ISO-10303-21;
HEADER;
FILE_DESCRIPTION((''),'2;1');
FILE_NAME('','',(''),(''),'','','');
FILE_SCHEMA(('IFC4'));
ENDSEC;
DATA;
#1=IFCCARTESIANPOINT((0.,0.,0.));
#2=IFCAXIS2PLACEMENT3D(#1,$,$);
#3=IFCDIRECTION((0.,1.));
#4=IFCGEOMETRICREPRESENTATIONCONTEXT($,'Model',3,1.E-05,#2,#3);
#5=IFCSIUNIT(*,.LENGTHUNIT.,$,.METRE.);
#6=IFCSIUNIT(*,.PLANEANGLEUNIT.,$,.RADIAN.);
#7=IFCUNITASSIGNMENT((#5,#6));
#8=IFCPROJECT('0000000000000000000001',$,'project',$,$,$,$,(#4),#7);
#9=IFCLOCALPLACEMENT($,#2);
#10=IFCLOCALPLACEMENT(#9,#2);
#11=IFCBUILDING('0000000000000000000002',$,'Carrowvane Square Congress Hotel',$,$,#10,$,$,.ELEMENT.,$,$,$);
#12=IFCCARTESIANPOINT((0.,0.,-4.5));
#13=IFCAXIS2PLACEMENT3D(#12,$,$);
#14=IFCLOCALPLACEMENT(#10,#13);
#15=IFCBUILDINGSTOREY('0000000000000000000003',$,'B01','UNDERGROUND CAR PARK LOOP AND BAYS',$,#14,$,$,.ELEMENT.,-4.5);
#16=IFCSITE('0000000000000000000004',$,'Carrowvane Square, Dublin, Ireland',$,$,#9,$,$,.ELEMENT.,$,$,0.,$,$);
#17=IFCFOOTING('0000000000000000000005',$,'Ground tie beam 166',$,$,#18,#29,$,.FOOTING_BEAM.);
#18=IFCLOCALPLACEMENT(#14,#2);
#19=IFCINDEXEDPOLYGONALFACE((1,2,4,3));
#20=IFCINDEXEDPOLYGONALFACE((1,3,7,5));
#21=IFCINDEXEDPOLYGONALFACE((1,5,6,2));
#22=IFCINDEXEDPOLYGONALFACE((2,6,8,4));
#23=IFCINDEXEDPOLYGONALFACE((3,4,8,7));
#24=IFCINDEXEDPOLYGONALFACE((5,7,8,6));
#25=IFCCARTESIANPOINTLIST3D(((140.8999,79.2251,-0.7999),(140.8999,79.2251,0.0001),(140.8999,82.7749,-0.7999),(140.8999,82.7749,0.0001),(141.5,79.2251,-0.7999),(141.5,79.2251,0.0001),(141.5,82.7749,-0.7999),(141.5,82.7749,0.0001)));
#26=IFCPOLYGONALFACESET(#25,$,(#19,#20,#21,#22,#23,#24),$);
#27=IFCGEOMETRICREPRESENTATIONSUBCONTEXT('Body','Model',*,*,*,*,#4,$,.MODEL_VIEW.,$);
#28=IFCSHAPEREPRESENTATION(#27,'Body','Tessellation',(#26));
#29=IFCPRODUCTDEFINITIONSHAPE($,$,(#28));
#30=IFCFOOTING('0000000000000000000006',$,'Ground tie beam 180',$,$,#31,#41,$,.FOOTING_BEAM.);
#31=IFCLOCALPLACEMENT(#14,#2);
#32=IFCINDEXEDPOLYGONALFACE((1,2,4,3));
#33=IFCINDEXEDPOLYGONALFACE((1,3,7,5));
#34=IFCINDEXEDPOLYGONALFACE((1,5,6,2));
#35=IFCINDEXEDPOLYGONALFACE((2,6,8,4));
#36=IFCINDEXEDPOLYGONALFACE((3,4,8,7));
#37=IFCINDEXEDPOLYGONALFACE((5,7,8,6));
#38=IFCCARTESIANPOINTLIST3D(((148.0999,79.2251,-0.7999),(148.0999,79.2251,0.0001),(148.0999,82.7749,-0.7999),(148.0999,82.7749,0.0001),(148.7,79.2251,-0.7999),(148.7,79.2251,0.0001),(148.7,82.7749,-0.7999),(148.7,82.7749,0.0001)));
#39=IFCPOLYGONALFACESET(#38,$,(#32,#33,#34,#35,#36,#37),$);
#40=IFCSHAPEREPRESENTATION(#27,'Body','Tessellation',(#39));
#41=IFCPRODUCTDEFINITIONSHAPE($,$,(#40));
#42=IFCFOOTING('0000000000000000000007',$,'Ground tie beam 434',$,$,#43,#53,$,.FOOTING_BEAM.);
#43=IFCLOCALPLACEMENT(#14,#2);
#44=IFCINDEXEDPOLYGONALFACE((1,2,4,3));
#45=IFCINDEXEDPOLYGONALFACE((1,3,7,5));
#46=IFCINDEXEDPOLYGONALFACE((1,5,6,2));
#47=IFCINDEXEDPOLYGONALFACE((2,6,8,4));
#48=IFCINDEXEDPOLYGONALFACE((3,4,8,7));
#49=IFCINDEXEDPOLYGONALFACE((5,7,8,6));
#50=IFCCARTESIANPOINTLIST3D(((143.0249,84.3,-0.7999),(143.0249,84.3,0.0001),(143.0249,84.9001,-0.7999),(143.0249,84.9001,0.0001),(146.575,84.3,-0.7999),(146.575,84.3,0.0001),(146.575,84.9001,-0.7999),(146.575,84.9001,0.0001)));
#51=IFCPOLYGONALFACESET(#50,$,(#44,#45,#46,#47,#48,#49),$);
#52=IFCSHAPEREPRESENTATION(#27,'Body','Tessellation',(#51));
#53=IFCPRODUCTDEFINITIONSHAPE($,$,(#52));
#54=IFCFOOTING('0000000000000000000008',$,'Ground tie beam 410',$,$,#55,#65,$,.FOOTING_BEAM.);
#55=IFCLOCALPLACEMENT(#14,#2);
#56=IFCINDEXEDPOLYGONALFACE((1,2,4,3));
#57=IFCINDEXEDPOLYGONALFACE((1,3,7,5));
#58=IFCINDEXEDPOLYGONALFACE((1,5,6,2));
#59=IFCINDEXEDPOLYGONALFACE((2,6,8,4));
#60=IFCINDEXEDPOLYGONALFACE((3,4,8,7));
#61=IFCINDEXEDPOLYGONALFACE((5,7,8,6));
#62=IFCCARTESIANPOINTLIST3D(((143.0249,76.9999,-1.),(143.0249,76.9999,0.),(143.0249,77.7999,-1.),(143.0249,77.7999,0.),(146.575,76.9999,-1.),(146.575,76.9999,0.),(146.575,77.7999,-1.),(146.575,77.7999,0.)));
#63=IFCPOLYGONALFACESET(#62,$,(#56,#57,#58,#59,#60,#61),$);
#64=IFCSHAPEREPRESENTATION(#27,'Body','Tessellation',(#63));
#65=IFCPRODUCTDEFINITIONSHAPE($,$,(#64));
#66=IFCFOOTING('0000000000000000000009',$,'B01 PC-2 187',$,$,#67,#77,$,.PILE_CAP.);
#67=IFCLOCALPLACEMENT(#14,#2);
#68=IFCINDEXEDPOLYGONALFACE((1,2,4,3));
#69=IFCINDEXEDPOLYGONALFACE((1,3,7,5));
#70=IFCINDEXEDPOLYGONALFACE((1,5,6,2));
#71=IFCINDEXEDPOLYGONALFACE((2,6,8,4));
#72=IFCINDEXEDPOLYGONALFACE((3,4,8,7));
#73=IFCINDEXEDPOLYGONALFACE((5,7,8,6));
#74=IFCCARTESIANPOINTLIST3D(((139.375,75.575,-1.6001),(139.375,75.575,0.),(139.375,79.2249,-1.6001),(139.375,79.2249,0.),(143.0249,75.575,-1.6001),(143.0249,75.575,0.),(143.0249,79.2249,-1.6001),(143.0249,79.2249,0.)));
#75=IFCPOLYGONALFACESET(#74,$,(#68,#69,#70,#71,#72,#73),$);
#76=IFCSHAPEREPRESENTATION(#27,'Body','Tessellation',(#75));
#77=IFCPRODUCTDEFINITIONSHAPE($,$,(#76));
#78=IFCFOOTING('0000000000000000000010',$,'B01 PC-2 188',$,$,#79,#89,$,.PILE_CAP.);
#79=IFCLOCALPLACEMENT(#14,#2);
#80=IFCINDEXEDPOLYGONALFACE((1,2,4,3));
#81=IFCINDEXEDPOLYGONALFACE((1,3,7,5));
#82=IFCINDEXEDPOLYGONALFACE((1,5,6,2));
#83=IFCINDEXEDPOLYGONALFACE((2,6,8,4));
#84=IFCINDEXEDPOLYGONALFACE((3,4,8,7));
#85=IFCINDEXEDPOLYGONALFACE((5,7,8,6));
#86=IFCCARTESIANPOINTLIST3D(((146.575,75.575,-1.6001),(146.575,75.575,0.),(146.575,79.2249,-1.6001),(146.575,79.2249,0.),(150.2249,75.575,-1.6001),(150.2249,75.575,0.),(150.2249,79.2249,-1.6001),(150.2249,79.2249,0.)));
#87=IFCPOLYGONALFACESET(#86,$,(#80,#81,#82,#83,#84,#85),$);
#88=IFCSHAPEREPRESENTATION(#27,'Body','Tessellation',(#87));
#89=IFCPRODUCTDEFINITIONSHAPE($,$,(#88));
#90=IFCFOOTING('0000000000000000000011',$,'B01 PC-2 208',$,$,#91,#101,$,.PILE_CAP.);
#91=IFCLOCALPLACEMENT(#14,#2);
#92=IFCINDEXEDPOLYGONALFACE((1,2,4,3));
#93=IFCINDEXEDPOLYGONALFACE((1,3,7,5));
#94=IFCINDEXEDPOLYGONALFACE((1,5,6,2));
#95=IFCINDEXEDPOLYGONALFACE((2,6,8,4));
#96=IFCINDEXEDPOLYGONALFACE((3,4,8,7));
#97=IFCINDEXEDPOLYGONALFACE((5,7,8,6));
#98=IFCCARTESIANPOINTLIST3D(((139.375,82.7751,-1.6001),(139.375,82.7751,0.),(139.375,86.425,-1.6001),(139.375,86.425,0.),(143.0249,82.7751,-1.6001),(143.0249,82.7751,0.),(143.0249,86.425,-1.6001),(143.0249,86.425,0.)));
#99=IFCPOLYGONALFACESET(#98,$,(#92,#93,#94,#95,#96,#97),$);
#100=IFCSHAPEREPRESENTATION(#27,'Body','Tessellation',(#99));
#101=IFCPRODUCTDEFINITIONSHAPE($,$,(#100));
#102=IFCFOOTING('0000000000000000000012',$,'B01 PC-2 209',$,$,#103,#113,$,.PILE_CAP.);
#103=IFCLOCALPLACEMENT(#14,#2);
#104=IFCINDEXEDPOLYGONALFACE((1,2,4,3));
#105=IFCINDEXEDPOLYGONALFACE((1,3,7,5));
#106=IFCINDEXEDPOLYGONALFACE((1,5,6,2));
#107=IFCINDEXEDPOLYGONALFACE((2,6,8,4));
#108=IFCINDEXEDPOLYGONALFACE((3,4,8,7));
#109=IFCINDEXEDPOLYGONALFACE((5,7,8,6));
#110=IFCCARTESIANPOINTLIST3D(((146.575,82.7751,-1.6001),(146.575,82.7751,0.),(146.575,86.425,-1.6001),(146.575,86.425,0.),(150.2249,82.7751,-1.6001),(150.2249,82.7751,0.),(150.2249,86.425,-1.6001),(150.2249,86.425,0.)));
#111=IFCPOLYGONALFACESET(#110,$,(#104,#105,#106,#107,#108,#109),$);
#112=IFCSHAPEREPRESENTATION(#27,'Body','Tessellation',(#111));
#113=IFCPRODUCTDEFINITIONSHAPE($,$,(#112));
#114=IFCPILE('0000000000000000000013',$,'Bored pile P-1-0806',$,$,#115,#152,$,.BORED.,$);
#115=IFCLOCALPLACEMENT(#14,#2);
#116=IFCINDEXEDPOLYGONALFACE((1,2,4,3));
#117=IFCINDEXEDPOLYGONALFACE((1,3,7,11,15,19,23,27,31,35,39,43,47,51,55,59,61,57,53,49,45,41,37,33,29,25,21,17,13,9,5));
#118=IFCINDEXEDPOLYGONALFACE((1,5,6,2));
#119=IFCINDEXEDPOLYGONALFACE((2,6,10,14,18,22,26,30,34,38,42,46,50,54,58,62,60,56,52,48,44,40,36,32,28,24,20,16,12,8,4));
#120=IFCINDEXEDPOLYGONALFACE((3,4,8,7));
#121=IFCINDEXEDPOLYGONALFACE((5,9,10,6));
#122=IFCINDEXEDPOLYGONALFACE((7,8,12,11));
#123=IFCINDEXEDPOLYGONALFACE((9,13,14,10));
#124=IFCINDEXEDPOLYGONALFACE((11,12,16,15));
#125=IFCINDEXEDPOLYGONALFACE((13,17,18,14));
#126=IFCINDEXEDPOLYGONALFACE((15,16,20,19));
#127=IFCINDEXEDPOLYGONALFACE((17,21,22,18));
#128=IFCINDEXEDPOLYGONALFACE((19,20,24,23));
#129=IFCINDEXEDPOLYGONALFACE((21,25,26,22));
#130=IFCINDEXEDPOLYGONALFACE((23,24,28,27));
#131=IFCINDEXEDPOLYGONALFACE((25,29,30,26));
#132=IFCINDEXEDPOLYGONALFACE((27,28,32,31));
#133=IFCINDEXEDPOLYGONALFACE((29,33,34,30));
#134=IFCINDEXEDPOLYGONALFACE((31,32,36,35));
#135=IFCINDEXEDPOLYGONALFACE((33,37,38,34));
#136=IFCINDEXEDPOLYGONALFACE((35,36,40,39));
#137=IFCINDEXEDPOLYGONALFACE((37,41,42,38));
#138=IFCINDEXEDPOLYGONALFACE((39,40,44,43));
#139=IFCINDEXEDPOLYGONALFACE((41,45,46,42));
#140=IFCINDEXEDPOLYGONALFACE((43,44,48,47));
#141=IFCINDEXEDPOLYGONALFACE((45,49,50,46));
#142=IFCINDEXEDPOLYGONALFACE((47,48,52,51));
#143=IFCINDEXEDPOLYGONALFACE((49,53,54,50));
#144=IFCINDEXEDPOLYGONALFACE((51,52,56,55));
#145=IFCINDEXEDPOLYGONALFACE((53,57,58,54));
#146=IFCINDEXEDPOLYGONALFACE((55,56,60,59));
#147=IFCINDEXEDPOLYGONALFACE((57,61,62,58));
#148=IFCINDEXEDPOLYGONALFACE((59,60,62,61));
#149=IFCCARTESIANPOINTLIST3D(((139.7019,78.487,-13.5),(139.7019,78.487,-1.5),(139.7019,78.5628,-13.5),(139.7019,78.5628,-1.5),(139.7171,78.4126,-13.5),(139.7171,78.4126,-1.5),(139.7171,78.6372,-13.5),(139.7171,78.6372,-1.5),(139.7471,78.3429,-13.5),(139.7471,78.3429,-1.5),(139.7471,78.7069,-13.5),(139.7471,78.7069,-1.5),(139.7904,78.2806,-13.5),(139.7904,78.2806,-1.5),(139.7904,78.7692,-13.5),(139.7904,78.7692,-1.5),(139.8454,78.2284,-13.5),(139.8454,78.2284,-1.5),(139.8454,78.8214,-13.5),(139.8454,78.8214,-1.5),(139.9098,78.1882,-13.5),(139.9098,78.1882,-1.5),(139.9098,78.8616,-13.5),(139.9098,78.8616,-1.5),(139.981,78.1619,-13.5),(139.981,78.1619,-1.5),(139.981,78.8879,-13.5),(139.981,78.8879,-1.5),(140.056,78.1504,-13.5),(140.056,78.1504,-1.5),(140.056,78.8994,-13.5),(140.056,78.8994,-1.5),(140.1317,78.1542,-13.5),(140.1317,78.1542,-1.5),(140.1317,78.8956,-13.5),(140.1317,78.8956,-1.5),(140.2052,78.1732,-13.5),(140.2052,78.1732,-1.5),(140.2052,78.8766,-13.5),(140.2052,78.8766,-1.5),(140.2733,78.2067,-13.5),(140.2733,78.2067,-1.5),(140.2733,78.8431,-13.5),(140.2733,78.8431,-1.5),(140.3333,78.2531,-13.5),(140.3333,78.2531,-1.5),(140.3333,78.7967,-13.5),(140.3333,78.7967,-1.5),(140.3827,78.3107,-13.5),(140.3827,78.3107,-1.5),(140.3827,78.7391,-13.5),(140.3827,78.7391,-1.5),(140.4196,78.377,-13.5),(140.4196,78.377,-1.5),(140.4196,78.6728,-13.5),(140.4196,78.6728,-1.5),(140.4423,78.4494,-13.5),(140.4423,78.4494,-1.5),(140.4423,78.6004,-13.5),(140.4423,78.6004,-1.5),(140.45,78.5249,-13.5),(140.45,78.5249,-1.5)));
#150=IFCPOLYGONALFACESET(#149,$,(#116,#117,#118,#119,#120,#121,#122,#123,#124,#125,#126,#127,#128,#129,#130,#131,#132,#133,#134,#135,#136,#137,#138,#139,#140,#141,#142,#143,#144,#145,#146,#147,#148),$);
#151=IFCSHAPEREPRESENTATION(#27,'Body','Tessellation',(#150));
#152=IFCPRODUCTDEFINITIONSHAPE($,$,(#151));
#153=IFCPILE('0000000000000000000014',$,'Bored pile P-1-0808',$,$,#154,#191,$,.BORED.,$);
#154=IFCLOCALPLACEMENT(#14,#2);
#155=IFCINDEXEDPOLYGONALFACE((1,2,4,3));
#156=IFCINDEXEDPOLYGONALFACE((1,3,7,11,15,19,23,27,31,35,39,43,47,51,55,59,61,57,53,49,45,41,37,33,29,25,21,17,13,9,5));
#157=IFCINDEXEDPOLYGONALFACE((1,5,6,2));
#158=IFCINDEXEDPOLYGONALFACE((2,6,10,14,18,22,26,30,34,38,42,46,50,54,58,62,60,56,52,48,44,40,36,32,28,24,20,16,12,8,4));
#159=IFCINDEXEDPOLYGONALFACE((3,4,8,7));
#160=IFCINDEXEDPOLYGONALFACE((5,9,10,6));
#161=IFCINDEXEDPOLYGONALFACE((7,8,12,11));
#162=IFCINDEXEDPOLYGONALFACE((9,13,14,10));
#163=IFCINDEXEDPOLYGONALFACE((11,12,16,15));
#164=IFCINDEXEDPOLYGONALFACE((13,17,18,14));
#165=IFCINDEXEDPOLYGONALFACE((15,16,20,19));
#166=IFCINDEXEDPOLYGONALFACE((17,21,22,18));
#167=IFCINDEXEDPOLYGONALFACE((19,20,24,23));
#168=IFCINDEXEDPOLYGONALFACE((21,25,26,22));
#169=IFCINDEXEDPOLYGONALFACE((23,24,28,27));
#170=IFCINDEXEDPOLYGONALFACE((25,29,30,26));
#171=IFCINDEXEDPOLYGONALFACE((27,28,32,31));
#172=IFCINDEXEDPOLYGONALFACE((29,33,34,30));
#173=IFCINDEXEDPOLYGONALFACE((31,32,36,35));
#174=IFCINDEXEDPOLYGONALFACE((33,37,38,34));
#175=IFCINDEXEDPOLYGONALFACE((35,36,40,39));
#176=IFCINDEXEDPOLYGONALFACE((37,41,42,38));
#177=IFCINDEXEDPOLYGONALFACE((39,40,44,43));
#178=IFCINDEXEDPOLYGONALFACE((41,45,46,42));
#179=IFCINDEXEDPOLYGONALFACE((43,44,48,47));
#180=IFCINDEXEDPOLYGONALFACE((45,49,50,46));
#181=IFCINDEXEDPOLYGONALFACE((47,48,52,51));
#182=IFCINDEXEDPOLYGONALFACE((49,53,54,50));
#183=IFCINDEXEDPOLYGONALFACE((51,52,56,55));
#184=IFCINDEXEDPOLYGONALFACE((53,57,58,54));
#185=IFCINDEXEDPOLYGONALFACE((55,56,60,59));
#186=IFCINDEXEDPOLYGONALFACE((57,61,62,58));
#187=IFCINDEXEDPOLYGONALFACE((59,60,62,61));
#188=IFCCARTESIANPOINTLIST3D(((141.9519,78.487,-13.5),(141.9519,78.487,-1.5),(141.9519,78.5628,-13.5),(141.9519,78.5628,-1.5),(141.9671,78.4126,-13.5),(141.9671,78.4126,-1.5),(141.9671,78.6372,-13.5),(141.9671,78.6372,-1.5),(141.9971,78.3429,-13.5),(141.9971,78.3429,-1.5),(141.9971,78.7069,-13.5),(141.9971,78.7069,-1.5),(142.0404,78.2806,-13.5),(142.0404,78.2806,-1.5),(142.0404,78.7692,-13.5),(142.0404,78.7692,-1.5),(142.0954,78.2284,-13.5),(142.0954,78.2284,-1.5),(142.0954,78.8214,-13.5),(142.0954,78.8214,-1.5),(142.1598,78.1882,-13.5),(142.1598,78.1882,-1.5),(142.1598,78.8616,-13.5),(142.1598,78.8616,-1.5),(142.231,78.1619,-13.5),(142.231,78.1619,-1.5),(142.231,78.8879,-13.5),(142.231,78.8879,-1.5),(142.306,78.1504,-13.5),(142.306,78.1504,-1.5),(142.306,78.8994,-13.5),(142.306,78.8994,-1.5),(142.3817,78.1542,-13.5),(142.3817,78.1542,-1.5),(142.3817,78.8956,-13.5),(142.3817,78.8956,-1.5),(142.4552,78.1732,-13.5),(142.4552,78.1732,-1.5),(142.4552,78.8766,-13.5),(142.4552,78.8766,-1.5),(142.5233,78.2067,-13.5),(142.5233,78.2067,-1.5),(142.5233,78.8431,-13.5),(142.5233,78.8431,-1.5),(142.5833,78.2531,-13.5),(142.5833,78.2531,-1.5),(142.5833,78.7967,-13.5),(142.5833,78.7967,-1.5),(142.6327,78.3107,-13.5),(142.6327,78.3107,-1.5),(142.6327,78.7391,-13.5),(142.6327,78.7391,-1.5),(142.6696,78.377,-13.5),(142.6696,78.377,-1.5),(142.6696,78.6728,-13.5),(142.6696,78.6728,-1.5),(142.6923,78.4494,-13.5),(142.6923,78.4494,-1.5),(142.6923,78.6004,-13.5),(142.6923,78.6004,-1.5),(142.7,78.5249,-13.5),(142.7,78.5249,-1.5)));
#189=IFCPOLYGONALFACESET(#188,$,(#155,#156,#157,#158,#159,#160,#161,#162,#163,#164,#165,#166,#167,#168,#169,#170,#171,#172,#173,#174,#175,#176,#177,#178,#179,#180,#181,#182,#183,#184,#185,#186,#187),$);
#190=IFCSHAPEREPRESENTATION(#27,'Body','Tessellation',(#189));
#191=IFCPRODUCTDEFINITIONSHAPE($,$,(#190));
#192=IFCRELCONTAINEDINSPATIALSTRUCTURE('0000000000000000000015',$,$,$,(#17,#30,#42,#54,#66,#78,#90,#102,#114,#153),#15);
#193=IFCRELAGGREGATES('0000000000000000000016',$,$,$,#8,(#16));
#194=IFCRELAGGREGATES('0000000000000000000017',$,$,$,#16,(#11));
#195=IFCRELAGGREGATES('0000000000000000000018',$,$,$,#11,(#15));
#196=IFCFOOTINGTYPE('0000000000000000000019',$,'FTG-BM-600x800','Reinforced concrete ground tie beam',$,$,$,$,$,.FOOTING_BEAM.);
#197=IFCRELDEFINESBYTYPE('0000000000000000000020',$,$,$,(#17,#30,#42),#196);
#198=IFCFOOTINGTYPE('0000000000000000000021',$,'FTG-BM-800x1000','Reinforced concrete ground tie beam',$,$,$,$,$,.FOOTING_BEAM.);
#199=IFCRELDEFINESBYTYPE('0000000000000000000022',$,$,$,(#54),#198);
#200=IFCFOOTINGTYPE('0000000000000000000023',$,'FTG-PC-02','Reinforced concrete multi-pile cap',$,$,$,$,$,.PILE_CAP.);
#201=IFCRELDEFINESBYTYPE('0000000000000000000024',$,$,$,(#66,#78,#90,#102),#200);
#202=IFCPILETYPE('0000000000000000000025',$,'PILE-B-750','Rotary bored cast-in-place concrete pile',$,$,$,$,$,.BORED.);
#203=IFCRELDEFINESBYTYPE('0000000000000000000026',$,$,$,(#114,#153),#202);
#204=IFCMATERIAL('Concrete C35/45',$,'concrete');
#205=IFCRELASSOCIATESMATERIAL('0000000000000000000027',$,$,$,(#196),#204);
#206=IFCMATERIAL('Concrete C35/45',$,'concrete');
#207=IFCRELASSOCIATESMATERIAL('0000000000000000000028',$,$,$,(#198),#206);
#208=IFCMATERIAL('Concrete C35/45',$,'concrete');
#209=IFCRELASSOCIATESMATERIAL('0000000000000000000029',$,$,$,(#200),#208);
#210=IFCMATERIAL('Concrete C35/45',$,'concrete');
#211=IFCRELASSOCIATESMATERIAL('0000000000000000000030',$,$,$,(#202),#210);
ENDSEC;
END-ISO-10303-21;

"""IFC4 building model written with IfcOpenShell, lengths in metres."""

from ifc_helpers import new_model, si_unit, direction, frame, origin, origin_2d, place, context, subcontext, project, spatial, rectangle, circle, extrude, material, material_profile, profile_set, type_object, element, save


model = new_model("IFC4")

# Units and contexts
model_context = context("Model", 3, precision=1e-05, world=origin(), true_north=direction((0.0, 1.0)))
body_context = subcontext(model_context, "Body", "Model", "MODEL_VIEW")
ifc_project = project(units=[si_unit("LENGTHUNIT", "METRE"), si_unit("PLANEANGLEUNIT", "RADIAN")], contexts=[model_context])

# Site, building, storey
site_placement = place(None, origin())
site = spatial("IfcSite", under=ifc_project, at=site_placement, Name="Carrowvane Square, Dublin, Ireland", CompositionType="ELEMENT", RefElevation=0.0)
building_placement = place(site_placement, origin())
building = spatial("IfcBuilding", under=site, at=building_placement, Name="Carrowvane Square Congress Hotel", CompositionType="ELEMENT")
storey_placement = place(building_placement, frame((0.0, 0.0, -4.5)))
storey = spatial("IfcBuildingStorey", under=building, at=storey_placement, Name="B01", Description="UNDERGROUND CAR PARK LOOP AND BAYS", CompositionType="ELEMENT", Elevation=-4.5)

# Footings
ifc_material_1 = material(Name="Concrete C35/45", Category="concrete")
ifc_material_profile_1 = material_profile(ifc_material_1, rectangle(XDim=0.6001, YDim=0.8, at=origin_2d()), Name="RC 600x800")
ifc_profile_set_1 = profile_set([ifc_material_profile_1], Name="Concrete C35/45")
footing_type_1 = type_object("IfcFootingType", Name="FTG-BM-600x800", Description="Reinforced concrete ground tie beam", PredefinedType="FOOTING_BEAM", material=ifc_profile_set_1)
for number, where, z_axis, x_axis, name in (
    (1, (141.2, 79.2251, -0.3999), (0.0, 1.0, 0.0), (-1.0, 0.0, 0.0), "Ground tie beam 166"),
    (2, (148.3999, 79.2251, -0.3999), (0.0, 1.0, 0.0), (-1.0, 0.0, 0.0), "Ground tie beam 180"),
):
    element("IfcFooting", number, at=place(storey_placement, frame(where, z_axis=z_axis, x_axis=x_axis)), inside=storey, type_object=footing_type_1, Name=name, PredefinedType="FOOTING_BEAM", context=body_context, shape_type="SweptSolid", body=[
        extrude(rectangle(XDim=0.6001, YDim=0.8, at=origin_2d()), origin(), (0.0, 0.0, 1.0), 3.5498),
    ])
footing_1_placement = place(storey_placement, frame((143.0249, 84.6001, -0.3999), z_axis=(1.0, 0.0, 0.0), x_axis=(0.0, 1.0, 0.0)))
element("IfcFooting", 3, at=footing_1_placement, inside=storey, type_object=footing_type_1, Name="Ground tie beam 434", PredefinedType="FOOTING_BEAM", context=body_context, shape_type="SweptSolid", body=[
    extrude(rectangle(XDim=0.6001, YDim=0.8, at=origin_2d()), origin(), (0.0, 0.0, 1.0), 3.55),
])
ifc_material_2 = material(Name="Concrete C35/45", Category="concrete")
ifc_material_profile_2 = material_profile(ifc_material_2, rectangle(XDim=0.8, YDim=1.0, at=origin_2d()), Name="RC 800x1000")
ifc_profile_set_2 = profile_set([ifc_material_profile_2], Name="Concrete C35/45")
footing_type_2 = type_object("IfcFootingType", Name="FTG-BM-800x1000", Description="Reinforced concrete ground tie beam", PredefinedType="FOOTING_BEAM", material=ifc_profile_set_2)
footing_2_placement = place(storey_placement, frame((143.0249, 77.3999, -0.5), z_axis=(1.0, 0.0, 0.0), x_axis=(0.0, 1.0, 0.0)))
element("IfcFooting", 4, at=footing_2_placement, inside=storey, type_object=footing_type_2, Name="Ground tie beam 410", PredefinedType="FOOTING_BEAM", context=body_context, shape_type="SweptSolid", body=[
    extrude(rectangle(XDim=0.8, YDim=1.0, at=origin_2d()), origin(), (0.0, 0.0, 1.0), 3.55),
])
ifc_material_3 = material(Name="Concrete C35/45", Category="concrete")
footing_type_3 = type_object("IfcFootingType", Name="FTG-PC-02", Description="Reinforced concrete multi-pile cap", PredefinedType="PILE_CAP", material=ifc_material_3)
for number, where, z_axis, x_axis, name in (
    (5, (141.2, 77.3999, -1.6001), (0.0, 0.0, 1.0), (1.0, 0.0, 0.0), "B01 PC-2 187"),
    (6, (148.3999, 77.3999, -1.6001), (0.0, 0.0, 1.0), (1.0, 0.0, 0.0), "B01 PC-2 188"),
    (7, (141.2, 84.6001, -1.6001), (0.0, 0.0, 1.0), (1.0, 0.0, 0.0), "B01 PC-2 208"),
    (8, (148.3999, 84.6001, -1.6001), (0.0, 0.0, 1.0), (1.0, 0.0, 0.0), "B01 PC-2 209"),
):
    element("IfcFooting", number, at=place(storey_placement, frame(where, z_axis=z_axis, x_axis=x_axis)), inside=storey, type_object=footing_type_3, Name=name, PredefinedType="PILE_CAP", context=body_context, shape_type="SweptSolid", body=[
        extrude(rectangle(XDim=3.6499, YDim=3.6499, at=origin_2d()), origin(), (0.0, 0.0, 1.0), 1.6001),
    ])

# Piles
ifc_material_4 = material(Name="Concrete C35/45", Category="concrete")
ifc_material_profile_3 = material_profile(ifc_material_4, circle(Radius=0.375, at=origin_2d()), Name="PILE D750")
ifc_profile_set_3 = profile_set([ifc_material_profile_3], Name="Concrete C35/45")
pile_type = type_object("IfcPileType", Name="PILE-B-750", Description="Rotary bored cast-in-place concrete pile", PredefinedType="BORED", material=ifc_profile_set_3)
for number, where, z_axis, x_axis, name in (
    (9, (140.075, 78.5249, -1.5), (0.0, 0.0, -1.0), (1.0, 0.0, 0.0), "Bored pile P-1-0806"),
    (10, (142.325, 78.5249, -1.5), (0.0, 0.0, -1.0), (1.0, 0.0, 0.0), "Bored pile P-1-0808"),
):
    element("IfcPile", number, at=place(storey_placement, frame(where, z_axis=z_axis, x_axis=x_axis)), inside=storey, type_object=pile_type, Name=name, PredefinedType="BORED", context=body_context, shape_type="SweptSolid", body=[
        extrude(circle(Radius=0.375, at=origin_2d()), origin(), (0.0, 0.0, 1.0), 12.0),
    ])

save(model, "model.ifc")
